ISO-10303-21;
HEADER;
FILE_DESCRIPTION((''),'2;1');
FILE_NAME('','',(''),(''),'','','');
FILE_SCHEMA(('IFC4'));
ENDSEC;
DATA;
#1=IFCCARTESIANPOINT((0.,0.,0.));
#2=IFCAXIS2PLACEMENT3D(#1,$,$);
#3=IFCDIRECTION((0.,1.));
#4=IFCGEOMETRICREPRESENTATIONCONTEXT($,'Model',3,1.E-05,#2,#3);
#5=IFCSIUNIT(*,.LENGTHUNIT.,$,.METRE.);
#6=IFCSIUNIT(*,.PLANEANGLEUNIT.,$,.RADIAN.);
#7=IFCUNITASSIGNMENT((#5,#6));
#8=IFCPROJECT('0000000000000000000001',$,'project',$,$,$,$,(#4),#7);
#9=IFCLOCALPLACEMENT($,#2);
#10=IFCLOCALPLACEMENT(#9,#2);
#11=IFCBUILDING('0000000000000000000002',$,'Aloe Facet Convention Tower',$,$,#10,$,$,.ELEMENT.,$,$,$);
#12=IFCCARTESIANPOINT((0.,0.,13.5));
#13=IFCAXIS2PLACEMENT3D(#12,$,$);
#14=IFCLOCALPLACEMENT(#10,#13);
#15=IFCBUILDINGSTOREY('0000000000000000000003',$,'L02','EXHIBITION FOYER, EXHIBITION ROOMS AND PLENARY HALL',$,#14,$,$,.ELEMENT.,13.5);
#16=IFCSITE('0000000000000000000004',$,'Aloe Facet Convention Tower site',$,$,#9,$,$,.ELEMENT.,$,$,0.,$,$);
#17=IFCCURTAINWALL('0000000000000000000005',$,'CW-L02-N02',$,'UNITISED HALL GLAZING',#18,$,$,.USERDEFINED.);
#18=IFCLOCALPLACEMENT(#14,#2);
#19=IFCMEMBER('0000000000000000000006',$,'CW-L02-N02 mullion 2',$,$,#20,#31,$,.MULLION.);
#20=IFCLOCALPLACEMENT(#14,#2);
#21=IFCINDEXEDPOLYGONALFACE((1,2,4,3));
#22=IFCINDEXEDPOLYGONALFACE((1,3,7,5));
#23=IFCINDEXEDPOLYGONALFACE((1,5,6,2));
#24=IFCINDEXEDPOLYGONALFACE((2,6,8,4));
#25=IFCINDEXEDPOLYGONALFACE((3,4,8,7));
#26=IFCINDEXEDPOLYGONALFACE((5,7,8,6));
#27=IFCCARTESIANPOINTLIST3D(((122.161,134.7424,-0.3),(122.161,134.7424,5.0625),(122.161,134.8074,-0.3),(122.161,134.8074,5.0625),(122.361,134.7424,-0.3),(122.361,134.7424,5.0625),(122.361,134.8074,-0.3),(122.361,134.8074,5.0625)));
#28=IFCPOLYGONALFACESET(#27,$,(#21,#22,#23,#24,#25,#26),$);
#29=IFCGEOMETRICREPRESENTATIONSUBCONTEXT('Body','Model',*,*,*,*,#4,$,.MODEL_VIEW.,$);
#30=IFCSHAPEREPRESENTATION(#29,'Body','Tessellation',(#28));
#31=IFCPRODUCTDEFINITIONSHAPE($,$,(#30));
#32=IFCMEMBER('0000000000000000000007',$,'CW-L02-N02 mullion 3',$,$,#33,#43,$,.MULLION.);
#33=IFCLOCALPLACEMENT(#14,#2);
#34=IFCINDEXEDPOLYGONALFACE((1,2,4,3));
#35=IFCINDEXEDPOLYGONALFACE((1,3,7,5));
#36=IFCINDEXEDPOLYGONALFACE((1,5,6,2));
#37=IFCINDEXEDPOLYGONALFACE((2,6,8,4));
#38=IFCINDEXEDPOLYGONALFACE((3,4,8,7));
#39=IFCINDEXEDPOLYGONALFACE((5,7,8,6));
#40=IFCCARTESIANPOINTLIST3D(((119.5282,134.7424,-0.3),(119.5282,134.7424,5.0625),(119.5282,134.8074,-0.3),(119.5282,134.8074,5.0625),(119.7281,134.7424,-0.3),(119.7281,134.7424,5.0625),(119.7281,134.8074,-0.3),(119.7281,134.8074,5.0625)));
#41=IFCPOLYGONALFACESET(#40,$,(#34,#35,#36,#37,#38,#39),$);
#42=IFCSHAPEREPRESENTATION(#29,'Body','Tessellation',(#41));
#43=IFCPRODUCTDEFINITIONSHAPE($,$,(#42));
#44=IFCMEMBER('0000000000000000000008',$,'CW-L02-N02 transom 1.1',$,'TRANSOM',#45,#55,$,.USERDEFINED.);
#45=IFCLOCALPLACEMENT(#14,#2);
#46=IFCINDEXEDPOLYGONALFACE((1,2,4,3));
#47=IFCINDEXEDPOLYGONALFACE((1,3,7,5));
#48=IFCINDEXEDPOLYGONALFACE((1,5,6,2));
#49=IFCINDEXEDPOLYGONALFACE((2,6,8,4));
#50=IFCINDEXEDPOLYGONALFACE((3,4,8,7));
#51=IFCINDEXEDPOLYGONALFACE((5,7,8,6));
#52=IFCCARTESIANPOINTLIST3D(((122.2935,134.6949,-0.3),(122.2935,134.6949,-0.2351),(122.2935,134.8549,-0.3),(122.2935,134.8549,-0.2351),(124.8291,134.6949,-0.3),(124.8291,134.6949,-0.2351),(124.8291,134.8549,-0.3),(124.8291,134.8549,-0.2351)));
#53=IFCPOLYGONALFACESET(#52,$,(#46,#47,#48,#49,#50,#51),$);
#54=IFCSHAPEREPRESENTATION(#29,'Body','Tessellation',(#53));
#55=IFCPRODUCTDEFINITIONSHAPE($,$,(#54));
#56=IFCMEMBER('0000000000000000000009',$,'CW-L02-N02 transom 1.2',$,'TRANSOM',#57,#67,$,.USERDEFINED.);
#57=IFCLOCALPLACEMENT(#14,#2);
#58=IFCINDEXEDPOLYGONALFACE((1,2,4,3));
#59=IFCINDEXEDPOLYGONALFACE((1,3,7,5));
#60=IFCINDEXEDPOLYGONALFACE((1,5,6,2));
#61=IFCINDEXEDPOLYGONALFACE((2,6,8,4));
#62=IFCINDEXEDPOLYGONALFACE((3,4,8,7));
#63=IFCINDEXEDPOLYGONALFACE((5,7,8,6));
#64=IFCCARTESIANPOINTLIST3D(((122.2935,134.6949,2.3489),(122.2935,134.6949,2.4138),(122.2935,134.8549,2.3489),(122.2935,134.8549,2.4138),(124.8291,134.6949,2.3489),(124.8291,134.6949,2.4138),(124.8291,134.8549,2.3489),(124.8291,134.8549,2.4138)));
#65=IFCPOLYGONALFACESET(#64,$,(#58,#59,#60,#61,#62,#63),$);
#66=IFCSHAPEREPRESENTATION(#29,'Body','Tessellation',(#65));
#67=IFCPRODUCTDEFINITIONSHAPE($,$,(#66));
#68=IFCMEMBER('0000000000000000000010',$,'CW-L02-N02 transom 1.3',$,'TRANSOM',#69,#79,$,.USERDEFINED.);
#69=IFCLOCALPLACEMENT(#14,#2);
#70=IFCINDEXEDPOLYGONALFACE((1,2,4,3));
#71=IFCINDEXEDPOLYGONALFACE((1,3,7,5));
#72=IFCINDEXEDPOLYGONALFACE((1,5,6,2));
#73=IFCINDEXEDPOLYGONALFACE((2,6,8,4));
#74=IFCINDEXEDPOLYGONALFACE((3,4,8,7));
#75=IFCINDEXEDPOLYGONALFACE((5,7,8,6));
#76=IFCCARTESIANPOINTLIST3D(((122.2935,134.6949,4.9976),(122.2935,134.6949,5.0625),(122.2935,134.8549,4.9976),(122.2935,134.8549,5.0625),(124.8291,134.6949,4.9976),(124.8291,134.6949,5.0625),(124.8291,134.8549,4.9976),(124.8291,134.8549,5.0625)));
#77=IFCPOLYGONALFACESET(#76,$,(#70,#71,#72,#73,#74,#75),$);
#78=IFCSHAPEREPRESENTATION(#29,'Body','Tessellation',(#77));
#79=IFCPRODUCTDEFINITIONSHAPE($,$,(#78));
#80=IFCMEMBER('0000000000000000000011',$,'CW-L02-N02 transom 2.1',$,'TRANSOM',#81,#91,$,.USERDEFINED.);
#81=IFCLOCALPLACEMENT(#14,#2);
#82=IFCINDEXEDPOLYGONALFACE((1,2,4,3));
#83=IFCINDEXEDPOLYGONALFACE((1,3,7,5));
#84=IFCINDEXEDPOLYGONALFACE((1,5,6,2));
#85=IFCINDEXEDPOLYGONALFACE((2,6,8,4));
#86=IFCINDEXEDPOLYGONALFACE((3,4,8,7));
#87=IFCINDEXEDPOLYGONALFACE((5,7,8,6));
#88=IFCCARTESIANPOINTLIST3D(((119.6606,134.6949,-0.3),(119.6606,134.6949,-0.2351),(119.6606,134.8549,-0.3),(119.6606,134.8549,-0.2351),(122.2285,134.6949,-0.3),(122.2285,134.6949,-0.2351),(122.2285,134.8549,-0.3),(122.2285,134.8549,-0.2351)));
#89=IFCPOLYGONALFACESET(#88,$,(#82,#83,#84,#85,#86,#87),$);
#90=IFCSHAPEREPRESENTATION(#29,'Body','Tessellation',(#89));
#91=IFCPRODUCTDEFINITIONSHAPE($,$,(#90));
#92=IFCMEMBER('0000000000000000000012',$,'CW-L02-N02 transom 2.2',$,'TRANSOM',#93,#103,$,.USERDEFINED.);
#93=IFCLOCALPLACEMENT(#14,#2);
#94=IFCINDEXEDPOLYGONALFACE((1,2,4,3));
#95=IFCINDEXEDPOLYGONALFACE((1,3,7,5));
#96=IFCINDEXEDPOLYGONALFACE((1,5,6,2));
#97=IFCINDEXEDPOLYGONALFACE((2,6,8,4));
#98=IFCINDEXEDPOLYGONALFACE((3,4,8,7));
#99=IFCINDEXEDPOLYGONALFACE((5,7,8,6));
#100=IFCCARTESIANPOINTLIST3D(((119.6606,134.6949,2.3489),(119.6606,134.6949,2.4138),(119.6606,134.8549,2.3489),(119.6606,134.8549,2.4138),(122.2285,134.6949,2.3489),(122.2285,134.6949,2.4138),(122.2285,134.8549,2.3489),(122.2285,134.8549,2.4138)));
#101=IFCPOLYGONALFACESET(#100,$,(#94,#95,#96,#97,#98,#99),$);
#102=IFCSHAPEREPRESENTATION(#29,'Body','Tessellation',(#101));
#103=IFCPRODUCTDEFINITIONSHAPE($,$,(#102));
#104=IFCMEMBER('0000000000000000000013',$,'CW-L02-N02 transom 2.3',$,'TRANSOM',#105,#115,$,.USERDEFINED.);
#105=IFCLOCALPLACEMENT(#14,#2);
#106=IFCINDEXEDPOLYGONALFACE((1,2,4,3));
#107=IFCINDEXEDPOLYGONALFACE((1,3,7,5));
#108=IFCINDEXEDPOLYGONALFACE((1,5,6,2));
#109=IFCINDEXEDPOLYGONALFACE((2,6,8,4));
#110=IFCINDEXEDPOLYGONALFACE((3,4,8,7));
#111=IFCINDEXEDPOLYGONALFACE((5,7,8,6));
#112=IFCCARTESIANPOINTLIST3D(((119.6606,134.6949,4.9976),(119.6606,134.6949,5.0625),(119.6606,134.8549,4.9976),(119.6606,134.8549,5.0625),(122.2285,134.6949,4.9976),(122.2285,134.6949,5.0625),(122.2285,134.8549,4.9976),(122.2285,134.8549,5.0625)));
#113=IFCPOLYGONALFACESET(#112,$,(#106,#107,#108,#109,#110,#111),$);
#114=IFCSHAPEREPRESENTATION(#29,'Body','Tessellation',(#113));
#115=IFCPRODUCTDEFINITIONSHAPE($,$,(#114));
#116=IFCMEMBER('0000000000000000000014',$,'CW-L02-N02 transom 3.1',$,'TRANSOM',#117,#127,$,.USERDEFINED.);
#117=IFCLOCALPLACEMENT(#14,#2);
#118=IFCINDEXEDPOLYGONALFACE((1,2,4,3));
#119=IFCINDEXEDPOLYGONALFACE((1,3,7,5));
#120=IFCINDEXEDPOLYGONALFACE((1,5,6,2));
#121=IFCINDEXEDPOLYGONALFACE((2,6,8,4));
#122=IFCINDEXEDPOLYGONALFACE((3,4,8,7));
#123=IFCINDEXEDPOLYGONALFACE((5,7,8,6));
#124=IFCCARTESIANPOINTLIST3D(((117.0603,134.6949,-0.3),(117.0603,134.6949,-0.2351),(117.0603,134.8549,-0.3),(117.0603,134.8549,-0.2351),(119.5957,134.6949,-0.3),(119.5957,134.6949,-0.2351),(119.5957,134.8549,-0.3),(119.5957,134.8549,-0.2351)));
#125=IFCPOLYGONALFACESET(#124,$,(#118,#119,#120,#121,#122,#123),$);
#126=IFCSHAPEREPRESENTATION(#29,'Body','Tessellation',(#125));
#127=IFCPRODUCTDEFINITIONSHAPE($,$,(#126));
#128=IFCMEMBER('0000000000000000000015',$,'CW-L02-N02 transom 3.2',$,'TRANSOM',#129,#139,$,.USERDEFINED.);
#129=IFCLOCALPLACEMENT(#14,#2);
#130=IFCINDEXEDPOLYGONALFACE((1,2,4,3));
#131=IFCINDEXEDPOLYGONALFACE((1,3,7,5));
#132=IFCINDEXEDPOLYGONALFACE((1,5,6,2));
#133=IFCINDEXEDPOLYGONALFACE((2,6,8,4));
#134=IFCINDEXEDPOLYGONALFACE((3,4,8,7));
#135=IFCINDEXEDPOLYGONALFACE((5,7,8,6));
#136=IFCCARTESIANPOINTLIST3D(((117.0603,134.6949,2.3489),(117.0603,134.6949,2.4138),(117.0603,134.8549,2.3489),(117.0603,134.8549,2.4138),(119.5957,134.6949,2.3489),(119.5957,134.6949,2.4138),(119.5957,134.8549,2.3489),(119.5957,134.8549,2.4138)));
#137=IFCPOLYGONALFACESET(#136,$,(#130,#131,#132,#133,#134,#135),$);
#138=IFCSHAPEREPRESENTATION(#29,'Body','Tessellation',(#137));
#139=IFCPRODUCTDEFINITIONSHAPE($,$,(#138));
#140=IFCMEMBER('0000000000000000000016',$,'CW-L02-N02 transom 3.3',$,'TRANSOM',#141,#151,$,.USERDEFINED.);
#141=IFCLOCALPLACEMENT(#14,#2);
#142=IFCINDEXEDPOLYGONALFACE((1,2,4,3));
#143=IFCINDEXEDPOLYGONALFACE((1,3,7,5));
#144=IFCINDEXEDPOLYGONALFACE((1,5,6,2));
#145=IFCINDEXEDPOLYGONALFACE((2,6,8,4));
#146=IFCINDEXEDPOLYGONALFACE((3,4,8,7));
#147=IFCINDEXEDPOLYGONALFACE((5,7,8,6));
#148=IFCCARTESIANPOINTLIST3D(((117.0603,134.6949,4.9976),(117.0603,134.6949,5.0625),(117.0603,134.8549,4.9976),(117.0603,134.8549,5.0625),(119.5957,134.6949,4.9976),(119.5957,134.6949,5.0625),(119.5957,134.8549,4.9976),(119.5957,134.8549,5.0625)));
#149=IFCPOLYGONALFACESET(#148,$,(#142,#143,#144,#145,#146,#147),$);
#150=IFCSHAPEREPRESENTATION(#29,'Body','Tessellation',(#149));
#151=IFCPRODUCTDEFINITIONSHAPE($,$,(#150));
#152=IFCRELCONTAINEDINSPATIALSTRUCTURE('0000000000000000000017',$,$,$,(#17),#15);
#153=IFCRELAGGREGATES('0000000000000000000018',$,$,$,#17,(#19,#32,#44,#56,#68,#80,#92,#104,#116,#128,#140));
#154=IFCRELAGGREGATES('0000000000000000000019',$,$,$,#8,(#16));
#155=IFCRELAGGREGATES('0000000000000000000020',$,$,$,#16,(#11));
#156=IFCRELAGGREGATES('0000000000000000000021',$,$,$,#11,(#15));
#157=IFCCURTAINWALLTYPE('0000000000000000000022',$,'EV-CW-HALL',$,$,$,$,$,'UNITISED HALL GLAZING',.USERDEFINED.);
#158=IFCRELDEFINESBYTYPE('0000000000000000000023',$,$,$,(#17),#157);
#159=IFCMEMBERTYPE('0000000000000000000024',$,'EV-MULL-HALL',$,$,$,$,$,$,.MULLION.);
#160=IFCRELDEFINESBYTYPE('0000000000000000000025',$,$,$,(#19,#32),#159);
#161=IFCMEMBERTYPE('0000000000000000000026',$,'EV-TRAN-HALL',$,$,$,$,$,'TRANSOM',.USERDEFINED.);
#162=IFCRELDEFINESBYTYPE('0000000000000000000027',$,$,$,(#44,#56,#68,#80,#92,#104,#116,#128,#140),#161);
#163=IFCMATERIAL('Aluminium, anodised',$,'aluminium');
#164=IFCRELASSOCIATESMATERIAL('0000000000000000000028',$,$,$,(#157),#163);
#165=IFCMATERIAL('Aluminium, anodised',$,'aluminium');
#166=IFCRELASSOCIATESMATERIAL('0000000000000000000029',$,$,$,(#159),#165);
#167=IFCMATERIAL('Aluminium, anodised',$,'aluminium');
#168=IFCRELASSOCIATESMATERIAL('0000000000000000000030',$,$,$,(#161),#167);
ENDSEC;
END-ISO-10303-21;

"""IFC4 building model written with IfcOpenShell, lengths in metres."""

from ifc_helpers import new_model, si_unit, direction, frame, origin, origin_2d, place, context, subcontext, project, spatial, rectangle, extrude, material, material_profile, profile_set, type_object, element, aggregate, save


model = new_model("IFC4")

# Units and contexts
model_context = context("Model", 3, precision=1e-05, world=origin(), true_north=direction((0.0, 1.0)))
body_context = subcontext(model_context, "Body", "Model", "MODEL_VIEW")
ifc_project = project(units=[si_unit("LENGTHUNIT", "METRE"), si_unit("PLANEANGLEUNIT", "RADIAN")], contexts=[model_context])

# Site, building, storey
site_placement = place(None, origin())
site = spatial("IfcSite", under=ifc_project, at=site_placement, Name="Aloe Facet Convention Tower site", CompositionType="ELEMENT", RefElevation=0.0)
building_placement = place(site_placement, origin())
building = spatial("IfcBuilding", under=site, at=building_placement, Name="Aloe Facet Convention Tower", CompositionType="ELEMENT")
storey_placement = place(building_placement, frame((0.0, 0.0, 13.5)))
storey = spatial("IfcBuildingStorey", under=building, at=storey_placement, Name="L02", Description="EXHIBITION FOYER, EXHIBITION ROOMS AND PLENARY HALL", CompositionType="ELEMENT", Elevation=13.5)

# Curtain wall, members
ifc_material_1 = material(Name="Aluminium, anodised", Category="aluminium")
curtain_wall_type = type_object("IfcCurtainWallType", Name="EV-CW-HALL", ElementType="UNITISED HALL GLAZING", PredefinedType="USERDEFINED", material=ifc_material_1)
curtain_wall_placement = place(storey_placement, origin())
curtain_wall = element("IfcCurtainWall", 1, at=curtain_wall_placement, inside=storey, type_object=curtain_wall_type, Name="CW-L02-N02", ObjectType="UNITISED HALL GLAZING", PredefinedType="USERDEFINED")
ifc_material_2 = material(Name="Aluminium, anodised", Category="aluminium")
ifc_material_profile_1 = material_profile(ifc_material_2, rectangle(XDim=0.0649, YDim=0.2, at=origin_2d()), Name="AL 65x200")
ifc_profile_set_1 = profile_set([ifc_material_profile_1], Name="Aluminium, anodised")
member_type_1 = type_object("IfcMemberType", Name="EV-MULL-HALL", PredefinedType="MULLION", material=ifc_profile_set_1)
member_1_placement = place(storey_placement, frame((122.261, 134.7749, -0.3), z_axis=(0.0, 0.0, 1.0), x_axis=(0.0, -1.0, 0.0)))
member_1 = element("IfcMember", 2, at=member_1_placement, type_object=member_type_1, Name="CW-L02-N02 mullion 2", PredefinedType="MULLION", context=body_context, shape_type="SweptSolid", body=[
    extrude(rectangle(XDim=0.0649, YDim=0.2, at=origin_2d()), origin(), (0.0, 0.0, 1.0), 5.3625),
])
member_2_placement = place(storey_placement, frame((119.6282, 134.7749, -0.3), z_axis=(0.0, 0.0, 1.0), x_axis=(0.0, -1.0, 0.0)))
member_2 = element("IfcMember", 3, at=member_2_placement, type_object=member_type_1, Name="CW-L02-N02 mullion 3", PredefinedType="MULLION", context=body_context, shape_type="SweptSolid", body=[
    extrude(rectangle(XDim=0.0649, YDim=0.2, at=origin_2d()), origin(), (0.0, 0.0, 1.0), 5.3625),
])
ifc_material_3 = material(Name="Aluminium, anodised", Category="aluminium")
ifc_material_profile_2 = material_profile(ifc_material_3, rectangle(XDim=0.1599, YDim=0.0649, at=origin_2d()), Name="AL 160x65")
ifc_profile_set_2 = profile_set([ifc_material_profile_2], Name="Aluminium, anodised")
member_type_2 = type_object("IfcMemberType", Name="EV-TRAN-HALL", ElementType="TRANSOM", PredefinedType="USERDEFINED", material=ifc_profile_set_2)
member_3_placement = place(storey_placement, frame((124.8291, 134.7749, -0.2676), z_axis=(-1.0, 0.0, 0.0), x_axis=(0.0, -1.0, 0.0)))
member_3 = element("IfcMember", 4, at=member_3_placement, type_object=member_type_2, Name="CW-L02-N02 transom 1.1", ObjectType="TRANSOM", PredefinedType="USERDEFINED", context=body_context, shape_type="SweptSolid", body=[
    extrude(rectangle(XDim=0.1599, YDim=0.0649, at=origin_2d()), origin(), (0.0, 0.0, 1.0), 2.5356),
])
member_4_placement = place(storey_placement, frame((124.8291, 134.7749, 2.3813), z_axis=(-1.0, 0.0, 0.0), x_axis=(0.0, -1.0, 0.0)))
member_4 = element("IfcMember", 5, at=member_4_placement, type_object=member_type_2, Name="CW-L02-N02 transom 1.2", ObjectType="TRANSOM", PredefinedType="USERDEFINED", context=body_context, shape_type="SweptSolid", body=[
    extrude(rectangle(XDim=0.1599, YDim=0.0649, at=origin_2d()), origin(), (0.0, 0.0, 1.0), 2.5356),
])
member_5_placement = place(storey_placement, frame((124.8291, 134.7749, 5.03), z_axis=(-1.0, 0.0, 0.0), x_axis=(0.0, -1.0, 0.0)))
member_5 = element("IfcMember", 6, at=member_5_placement, type_object=member_type_2, Name="CW-L02-N02 transom 1.3", ObjectType="TRANSOM", PredefinedType="USERDEFINED", context=body_context, shape_type="SweptSolid", body=[
    extrude(rectangle(XDim=0.1599, YDim=0.0649, at=origin_2d()), origin(), (0.0, 0.0, 1.0), 2.5356),
])
member_6_placement = place(storey_placement, frame((122.2285, 134.7749, -0.2676), z_axis=(-1.0, 0.0, 0.0), x_axis=(0.0, -1.0, 0.0)))
member_6 = element("IfcMember", 7, at=member_6_placement, type_object=member_type_2, Name="CW-L02-N02 transom 2.1", ObjectType="TRANSOM", PredefinedType="USERDEFINED", context=body_context, shape_type="SweptSolid", body=[
    extrude(rectangle(XDim=0.1599, YDim=0.0649, at=origin_2d()), origin(), (0.0, 0.0, 1.0), 2.5679),
])
member_7_placement = place(storey_placement, frame((122.2285, 134.7749, 2.3813), z_axis=(-1.0, 0.0, 0.0), x_axis=(0.0, -1.0, 0.0)))
member_7 = element("IfcMember", 8, at=member_7_placement, type_object=member_type_2, Name="CW-L02-N02 transom 2.2", ObjectType="TRANSOM", PredefinedType="USERDEFINED", context=body_context, shape_type="SweptSolid", body=[
    extrude(rectangle(XDim=0.1599, YDim=0.0649, at=origin_2d()), origin(), (0.0, 0.0, 1.0), 2.5679),
])
member_8_placement = place(storey_placement, frame((122.2285, 134.7749, 5.03), z_axis=(-1.0, 0.0, 0.0), x_axis=(0.0, -1.0, 0.0)))
member_8 = element("IfcMember", 9, at=member_8_placement, type_object=member_type_2, Name="CW-L02-N02 transom 2.3", ObjectType="TRANSOM", PredefinedType="USERDEFINED", context=body_context, shape_type="SweptSolid", body=[
    extrude(rectangle(XDim=0.1599, YDim=0.0649, at=origin_2d()), origin(), (0.0, 0.0, 1.0), 2.5679),
])
member_9_placement = place(storey_placement, frame((119.5957, 134.7749, -0.2676), z_axis=(-1.0, 0.0, 0.0), x_axis=(0.0, -1.0, 0.0)))
member_9 = element("IfcMember", 10, at=member_9_placement, type_object=member_type_2, Name="CW-L02-N02 transom 3.1", ObjectType="TRANSOM", PredefinedType="USERDEFINED", context=body_context, shape_type="SweptSolid", body=[
    extrude(rectangle(XDim=0.1599, YDim=0.0649, at=origin_2d()), origin(), (0.0, 0.0, 1.0), 2.5354),
])
member_10_placement = place(storey_placement, frame((119.5957, 134.7749, 2.3813), z_axis=(-1.0, 0.0, 0.0), x_axis=(0.0, -1.0, 0.0)))
member_10 = element("IfcMember", 11, at=member_10_placement, type_object=member_type_2, Name="CW-L02-N02 transom 3.2", ObjectType="TRANSOM", PredefinedType="USERDEFINED", context=body_context, shape_type="SweptSolid", body=[
    extrude(rectangle(XDim=0.1599, YDim=0.0649, at=origin_2d()), origin(), (0.0, 0.0, 1.0), 2.5354),
])
member_11_placement = place(storey_placement, frame((119.5957, 134.7749, 5.03), z_axis=(-1.0, 0.0, 0.0), x_axis=(0.0, -1.0, 0.0)))
member_11 = element("IfcMember", 12, at=member_11_placement, type_object=member_type_2, Name="CW-L02-N02 transom 3.3", ObjectType="TRANSOM", PredefinedType="USERDEFINED", context=body_context, shape_type="SweptSolid", body=[
    extrude(rectangle(XDim=0.1599, YDim=0.0649, at=origin_2d()), origin(), (0.0, 0.0, 1.0), 2.5354),
])

aggregate(curtain_wall, [member_1, member_2, member_3, member_4, member_5, member_6, member_7, member_8, member_9, member_10, member_11])

save(model, "model.ifc")
